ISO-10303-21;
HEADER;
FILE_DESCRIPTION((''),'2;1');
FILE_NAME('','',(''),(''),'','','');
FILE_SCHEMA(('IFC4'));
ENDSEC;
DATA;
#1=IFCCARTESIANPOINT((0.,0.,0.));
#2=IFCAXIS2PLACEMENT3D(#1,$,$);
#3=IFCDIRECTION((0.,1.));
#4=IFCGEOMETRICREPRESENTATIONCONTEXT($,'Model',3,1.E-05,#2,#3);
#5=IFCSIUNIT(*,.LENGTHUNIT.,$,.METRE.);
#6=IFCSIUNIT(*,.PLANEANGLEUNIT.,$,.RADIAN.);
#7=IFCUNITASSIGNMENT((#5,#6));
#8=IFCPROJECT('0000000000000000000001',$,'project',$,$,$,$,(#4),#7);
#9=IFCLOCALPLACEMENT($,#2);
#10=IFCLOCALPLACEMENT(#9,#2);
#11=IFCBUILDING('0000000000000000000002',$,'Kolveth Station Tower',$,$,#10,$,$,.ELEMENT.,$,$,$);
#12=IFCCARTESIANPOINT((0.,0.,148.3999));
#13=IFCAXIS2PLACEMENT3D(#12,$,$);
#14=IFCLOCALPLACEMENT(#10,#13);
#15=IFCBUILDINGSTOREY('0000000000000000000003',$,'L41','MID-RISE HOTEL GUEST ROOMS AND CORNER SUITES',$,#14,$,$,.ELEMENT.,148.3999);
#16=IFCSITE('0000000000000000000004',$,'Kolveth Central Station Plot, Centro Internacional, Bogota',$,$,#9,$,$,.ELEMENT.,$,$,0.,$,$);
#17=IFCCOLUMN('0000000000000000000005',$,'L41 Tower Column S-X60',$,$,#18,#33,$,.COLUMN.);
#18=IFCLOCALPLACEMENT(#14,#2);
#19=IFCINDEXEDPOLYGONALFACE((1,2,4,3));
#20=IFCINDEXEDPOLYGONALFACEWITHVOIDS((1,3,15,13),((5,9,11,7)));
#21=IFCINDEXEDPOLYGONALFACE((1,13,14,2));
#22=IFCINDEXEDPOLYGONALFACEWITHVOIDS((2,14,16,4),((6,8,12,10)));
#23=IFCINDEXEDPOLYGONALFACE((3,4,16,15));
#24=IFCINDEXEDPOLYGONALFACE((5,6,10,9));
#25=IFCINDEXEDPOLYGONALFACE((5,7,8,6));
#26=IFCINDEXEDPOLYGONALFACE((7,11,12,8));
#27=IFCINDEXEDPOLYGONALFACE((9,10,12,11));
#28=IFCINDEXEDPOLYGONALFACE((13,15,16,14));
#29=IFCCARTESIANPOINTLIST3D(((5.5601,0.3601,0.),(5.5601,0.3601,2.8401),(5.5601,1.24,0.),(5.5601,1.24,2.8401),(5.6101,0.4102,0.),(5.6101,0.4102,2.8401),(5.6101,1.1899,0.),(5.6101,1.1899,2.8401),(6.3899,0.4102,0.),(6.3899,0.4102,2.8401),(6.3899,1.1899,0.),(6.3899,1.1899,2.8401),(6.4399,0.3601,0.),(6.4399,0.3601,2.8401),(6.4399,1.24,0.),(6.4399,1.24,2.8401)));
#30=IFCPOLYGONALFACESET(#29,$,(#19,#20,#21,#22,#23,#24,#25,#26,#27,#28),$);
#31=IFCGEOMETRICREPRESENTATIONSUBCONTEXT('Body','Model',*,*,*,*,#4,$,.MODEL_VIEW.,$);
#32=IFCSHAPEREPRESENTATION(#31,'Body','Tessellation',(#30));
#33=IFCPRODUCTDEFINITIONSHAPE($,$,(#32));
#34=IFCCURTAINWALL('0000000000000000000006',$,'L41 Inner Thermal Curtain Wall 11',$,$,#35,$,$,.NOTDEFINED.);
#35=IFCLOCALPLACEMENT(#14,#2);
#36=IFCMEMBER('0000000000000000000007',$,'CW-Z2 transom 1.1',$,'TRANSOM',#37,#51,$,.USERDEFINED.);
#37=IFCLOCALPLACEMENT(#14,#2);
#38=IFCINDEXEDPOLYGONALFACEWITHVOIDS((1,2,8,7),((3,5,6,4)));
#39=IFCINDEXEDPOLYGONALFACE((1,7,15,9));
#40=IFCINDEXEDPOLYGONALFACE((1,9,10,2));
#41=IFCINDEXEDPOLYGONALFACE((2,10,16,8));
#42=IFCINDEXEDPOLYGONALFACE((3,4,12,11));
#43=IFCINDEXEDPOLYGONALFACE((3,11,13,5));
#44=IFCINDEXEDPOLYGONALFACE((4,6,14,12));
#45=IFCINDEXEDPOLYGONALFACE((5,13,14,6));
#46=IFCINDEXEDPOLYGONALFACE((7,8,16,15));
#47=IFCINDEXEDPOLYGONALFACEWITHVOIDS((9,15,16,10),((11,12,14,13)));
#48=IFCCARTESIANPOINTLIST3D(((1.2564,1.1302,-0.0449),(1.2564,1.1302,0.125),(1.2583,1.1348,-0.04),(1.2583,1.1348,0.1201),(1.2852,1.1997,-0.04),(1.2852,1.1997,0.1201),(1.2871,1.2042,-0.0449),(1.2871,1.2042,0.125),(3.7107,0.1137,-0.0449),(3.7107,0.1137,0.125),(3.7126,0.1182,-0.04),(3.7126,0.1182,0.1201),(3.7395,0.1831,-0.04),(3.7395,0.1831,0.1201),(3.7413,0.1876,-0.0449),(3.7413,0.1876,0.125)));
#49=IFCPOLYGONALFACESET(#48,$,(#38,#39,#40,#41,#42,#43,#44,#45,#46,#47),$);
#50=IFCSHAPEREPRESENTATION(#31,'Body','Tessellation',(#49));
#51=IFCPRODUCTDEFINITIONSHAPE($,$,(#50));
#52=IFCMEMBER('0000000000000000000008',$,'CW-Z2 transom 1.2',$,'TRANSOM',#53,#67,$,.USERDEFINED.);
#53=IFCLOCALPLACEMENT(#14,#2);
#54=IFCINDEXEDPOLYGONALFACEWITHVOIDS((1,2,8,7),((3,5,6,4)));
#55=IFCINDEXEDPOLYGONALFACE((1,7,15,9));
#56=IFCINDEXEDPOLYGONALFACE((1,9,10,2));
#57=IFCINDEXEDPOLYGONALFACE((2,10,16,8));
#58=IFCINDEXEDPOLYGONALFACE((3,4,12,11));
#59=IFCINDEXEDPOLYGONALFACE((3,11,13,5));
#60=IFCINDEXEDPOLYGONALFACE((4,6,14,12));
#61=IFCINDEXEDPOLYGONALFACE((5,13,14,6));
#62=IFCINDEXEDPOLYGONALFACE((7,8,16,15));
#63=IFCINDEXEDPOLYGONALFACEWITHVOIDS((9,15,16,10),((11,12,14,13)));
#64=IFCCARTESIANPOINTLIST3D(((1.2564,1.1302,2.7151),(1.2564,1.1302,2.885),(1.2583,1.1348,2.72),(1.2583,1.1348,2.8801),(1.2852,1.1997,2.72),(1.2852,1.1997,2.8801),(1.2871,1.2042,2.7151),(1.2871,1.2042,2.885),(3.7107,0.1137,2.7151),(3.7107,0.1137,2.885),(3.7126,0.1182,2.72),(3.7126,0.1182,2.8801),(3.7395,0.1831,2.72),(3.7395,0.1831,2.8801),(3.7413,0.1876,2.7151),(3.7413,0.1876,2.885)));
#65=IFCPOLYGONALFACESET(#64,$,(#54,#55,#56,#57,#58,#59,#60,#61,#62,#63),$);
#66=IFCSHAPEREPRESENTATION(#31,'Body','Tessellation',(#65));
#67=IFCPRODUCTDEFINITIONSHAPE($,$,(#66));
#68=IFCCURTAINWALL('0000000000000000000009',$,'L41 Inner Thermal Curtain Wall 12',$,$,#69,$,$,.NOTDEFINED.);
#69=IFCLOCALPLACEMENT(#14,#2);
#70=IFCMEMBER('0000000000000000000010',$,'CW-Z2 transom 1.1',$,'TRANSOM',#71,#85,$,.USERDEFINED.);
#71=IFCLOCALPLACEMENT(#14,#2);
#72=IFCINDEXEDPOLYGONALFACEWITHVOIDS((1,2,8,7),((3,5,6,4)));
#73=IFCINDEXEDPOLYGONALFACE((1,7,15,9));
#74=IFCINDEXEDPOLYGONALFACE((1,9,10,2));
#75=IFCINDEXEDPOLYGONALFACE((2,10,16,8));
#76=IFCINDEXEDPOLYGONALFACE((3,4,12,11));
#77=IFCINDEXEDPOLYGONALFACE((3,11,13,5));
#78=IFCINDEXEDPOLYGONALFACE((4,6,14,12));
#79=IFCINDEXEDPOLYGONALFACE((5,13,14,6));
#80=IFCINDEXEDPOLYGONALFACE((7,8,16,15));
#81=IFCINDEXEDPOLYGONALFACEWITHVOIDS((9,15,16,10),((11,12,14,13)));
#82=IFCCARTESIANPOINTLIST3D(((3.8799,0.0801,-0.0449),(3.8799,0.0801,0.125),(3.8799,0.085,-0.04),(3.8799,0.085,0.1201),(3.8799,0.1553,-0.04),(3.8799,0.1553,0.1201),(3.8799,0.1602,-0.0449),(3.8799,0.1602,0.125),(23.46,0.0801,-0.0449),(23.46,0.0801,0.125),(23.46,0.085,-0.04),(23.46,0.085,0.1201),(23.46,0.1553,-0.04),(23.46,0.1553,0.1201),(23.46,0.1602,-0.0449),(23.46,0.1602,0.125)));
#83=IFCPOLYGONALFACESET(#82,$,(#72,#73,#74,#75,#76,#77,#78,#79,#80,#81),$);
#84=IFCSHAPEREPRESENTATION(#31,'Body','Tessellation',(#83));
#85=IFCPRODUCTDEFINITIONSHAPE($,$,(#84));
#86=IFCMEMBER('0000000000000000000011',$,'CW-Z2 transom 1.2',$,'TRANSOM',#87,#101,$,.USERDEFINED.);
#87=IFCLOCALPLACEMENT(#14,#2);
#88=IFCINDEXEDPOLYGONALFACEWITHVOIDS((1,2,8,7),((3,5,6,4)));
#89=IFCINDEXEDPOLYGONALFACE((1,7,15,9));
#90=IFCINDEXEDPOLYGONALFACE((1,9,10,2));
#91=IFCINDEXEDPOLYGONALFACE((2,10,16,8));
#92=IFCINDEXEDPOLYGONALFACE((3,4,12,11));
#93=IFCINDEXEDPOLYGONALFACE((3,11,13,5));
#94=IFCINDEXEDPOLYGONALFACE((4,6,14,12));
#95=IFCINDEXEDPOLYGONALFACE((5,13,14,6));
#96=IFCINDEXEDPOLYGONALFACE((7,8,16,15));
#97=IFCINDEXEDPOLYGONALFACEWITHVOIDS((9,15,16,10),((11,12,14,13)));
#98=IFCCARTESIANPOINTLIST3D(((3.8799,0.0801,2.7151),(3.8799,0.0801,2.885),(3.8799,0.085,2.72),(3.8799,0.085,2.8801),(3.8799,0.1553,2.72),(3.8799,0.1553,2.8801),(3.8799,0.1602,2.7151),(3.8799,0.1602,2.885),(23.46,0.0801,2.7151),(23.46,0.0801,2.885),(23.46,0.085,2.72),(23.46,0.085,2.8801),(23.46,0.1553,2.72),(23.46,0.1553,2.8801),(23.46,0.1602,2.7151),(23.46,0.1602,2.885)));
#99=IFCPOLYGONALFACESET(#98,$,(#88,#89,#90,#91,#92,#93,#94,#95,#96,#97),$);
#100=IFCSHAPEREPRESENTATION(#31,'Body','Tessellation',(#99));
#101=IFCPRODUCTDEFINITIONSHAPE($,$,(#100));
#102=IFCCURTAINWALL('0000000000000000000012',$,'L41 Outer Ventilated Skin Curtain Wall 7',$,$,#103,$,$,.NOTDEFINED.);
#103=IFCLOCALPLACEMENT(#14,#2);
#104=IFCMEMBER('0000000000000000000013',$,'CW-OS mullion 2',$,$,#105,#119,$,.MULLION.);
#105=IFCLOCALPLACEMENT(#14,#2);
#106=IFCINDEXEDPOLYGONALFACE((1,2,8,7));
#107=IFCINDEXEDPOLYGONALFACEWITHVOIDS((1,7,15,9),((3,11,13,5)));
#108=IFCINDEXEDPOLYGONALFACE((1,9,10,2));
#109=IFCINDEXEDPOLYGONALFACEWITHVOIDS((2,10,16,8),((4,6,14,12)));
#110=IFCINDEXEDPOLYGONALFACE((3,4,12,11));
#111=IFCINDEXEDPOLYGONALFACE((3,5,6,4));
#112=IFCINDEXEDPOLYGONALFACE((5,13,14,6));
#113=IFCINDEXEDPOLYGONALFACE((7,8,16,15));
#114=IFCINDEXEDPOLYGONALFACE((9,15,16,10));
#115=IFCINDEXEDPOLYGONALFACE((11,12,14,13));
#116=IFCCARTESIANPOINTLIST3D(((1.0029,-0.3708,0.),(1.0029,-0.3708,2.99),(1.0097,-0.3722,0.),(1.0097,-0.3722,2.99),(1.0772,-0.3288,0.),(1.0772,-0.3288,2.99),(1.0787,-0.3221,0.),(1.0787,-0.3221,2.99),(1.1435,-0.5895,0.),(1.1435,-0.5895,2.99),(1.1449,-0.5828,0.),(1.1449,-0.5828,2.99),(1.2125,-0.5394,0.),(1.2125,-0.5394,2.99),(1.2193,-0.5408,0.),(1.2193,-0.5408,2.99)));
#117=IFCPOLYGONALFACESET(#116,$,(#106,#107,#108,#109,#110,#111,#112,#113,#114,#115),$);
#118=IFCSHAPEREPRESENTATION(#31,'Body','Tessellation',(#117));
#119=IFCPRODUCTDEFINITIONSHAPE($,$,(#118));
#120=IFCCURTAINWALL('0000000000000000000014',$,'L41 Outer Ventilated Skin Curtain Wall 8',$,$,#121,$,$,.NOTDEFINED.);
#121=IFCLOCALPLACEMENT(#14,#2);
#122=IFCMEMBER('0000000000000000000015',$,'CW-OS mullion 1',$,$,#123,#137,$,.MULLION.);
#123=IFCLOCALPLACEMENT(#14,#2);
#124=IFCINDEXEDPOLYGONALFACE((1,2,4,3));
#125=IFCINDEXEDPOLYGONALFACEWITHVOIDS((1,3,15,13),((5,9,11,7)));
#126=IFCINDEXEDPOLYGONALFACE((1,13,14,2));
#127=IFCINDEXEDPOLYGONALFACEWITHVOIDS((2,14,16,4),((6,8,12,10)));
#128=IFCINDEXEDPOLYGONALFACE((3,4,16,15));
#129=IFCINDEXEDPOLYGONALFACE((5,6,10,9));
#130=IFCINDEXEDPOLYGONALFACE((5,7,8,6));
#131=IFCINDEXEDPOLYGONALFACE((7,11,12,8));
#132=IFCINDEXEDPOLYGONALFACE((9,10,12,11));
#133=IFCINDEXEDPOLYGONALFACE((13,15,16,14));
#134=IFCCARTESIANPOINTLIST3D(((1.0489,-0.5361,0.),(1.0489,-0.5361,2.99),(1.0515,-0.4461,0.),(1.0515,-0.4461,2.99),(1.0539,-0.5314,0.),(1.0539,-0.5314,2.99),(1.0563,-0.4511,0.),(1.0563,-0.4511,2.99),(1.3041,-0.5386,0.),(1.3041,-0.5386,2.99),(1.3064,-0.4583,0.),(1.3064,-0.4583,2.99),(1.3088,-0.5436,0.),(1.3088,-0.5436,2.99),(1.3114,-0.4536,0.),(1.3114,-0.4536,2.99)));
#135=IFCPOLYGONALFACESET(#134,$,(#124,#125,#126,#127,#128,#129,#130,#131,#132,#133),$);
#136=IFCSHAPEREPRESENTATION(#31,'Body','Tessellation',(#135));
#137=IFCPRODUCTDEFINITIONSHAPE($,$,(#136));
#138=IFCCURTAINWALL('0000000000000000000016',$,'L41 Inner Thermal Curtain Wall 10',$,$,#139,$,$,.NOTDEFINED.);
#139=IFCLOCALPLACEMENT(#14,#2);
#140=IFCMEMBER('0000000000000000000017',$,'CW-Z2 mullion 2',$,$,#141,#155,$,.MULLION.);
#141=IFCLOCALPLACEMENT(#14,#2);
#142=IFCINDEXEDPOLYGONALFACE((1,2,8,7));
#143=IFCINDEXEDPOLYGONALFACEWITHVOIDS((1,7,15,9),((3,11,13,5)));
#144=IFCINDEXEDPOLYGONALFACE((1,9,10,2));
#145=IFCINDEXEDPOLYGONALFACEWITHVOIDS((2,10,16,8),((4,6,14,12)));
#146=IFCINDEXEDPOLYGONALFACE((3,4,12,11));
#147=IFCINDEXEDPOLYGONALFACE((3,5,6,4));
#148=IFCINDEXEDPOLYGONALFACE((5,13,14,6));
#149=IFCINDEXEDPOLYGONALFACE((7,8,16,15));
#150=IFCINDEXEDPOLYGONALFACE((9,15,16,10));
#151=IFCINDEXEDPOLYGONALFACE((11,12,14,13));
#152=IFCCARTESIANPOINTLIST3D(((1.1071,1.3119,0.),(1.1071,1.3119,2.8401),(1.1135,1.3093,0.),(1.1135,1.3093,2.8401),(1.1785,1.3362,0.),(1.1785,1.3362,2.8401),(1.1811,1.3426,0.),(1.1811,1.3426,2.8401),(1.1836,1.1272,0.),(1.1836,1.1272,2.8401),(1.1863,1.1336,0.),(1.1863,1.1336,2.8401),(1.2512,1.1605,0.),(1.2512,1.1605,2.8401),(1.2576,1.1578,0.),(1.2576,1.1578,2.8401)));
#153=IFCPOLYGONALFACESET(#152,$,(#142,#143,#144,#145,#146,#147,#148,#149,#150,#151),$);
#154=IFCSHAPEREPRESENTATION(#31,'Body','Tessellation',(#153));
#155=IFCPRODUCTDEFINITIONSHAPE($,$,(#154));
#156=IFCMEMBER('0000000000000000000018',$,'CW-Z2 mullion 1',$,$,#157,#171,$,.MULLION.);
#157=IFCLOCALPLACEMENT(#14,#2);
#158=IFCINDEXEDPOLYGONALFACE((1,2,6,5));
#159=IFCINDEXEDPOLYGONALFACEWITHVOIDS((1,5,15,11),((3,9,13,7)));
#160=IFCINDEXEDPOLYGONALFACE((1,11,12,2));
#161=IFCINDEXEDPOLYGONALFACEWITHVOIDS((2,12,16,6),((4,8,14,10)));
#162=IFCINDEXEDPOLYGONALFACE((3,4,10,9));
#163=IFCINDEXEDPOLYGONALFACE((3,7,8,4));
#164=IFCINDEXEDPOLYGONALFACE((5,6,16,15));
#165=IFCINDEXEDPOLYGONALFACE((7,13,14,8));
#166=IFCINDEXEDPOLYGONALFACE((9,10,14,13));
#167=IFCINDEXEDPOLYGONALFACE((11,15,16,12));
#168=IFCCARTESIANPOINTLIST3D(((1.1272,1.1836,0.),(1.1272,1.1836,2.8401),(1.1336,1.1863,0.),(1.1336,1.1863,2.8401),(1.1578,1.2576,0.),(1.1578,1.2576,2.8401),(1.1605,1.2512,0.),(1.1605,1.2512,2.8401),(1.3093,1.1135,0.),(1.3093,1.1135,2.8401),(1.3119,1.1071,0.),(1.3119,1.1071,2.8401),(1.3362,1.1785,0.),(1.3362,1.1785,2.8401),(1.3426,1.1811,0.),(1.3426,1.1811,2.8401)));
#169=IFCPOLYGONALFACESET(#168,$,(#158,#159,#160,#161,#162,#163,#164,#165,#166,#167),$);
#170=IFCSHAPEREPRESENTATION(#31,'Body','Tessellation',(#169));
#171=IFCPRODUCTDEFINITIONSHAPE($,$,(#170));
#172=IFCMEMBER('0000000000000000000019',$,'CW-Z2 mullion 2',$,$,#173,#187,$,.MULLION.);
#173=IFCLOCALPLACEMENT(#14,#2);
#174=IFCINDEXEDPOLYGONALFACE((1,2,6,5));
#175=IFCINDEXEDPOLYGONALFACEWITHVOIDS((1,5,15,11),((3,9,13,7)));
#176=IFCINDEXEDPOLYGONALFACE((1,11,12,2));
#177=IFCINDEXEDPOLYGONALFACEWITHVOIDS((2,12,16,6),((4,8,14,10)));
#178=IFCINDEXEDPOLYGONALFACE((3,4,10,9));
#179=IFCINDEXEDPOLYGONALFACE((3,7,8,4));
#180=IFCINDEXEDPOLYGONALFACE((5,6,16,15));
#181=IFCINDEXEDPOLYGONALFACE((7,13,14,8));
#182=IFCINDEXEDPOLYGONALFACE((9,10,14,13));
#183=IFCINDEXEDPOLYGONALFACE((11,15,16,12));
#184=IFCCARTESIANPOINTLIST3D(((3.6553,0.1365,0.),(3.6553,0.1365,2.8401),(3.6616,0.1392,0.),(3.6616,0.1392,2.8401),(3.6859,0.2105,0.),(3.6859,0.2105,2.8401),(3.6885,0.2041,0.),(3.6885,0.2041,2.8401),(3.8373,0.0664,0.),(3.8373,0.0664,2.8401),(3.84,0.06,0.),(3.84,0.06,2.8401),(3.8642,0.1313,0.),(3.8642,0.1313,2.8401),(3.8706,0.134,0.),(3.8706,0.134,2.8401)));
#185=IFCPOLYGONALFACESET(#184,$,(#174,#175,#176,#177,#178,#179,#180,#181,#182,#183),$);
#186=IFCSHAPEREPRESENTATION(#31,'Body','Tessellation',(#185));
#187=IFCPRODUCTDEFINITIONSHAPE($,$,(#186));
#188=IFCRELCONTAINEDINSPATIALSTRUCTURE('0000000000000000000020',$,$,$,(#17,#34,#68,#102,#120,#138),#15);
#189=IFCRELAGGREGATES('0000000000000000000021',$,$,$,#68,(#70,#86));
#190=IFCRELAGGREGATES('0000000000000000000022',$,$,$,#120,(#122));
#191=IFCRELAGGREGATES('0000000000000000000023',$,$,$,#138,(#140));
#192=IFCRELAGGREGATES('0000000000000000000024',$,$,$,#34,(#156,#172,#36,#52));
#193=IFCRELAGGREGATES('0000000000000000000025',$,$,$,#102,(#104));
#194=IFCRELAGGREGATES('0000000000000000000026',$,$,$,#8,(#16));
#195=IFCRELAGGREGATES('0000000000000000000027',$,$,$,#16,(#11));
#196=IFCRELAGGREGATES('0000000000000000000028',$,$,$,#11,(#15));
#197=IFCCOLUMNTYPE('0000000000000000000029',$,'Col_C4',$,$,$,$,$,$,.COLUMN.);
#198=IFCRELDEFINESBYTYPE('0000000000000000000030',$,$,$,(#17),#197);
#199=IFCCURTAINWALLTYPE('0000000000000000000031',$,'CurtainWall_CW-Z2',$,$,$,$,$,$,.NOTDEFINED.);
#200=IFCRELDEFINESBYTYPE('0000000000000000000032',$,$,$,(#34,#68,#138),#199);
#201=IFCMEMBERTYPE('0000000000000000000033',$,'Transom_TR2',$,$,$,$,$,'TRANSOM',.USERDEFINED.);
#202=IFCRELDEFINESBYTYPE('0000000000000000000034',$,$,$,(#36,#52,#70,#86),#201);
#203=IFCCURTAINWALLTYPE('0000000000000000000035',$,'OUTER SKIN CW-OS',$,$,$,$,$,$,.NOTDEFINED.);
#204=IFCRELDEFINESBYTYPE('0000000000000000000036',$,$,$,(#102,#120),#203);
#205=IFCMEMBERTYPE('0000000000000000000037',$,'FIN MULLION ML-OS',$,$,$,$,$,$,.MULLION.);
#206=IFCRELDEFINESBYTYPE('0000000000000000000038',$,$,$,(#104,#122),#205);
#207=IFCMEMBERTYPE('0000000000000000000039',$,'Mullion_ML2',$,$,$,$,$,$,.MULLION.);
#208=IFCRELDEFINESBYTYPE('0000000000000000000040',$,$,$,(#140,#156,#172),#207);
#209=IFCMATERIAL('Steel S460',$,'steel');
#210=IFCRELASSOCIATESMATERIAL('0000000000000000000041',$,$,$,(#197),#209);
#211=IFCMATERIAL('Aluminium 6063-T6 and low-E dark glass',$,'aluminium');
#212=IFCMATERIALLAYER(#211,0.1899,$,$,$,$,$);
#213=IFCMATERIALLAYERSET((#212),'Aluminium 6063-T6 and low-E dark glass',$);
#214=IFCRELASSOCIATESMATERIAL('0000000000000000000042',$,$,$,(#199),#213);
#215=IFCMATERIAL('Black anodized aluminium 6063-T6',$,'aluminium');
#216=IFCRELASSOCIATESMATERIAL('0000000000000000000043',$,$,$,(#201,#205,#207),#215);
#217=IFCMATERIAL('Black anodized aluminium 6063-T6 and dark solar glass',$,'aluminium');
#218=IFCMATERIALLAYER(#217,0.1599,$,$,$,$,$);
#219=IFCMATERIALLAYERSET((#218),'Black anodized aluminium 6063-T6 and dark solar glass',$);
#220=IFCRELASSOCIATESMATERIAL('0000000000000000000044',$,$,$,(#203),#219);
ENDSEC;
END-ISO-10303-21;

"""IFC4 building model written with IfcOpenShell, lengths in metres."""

from ifc_helpers import new_model, si_unit, direction, frame, origin, origin_2d, place, context, subcontext, project, spatial, hollow_rectangle, extrude, source, transform, mapped, material, layer, layer_set, material_profile, profile_set, type_object, element, aggregate, save


model = new_model("IFC4")

# Units and contexts
model_context = context("Model", 3, precision=1e-05, world=origin(), true_north=direction((0.0, 1.0)))
body_context = subcontext(model_context, "Body", "Model", "MODEL_VIEW")
ifc_project = project(units=[si_unit("LENGTHUNIT", "METRE"), si_unit("PLANEANGLEUNIT", "RADIAN")], contexts=[model_context])

# Site, building, storey
site_placement = place(None, origin())
site = spatial("IfcSite", under=ifc_project, at=site_placement, Name="Kolveth Central Station Plot, Centro Internacional, Bogota", CompositionType="ELEMENT", RefElevation=0.0)
building_placement = place(site_placement, origin())
building = spatial("IfcBuilding", under=site, at=building_placement, Name="Kolveth Station Tower", CompositionType="ELEMENT")
storey_placement = place(building_placement, frame((0.0, 0.0, 148.3999)))
storey = spatial("IfcBuildingStorey", under=building, at=storey_placement, Name="L41", Description="MID-RISE HOTEL GUEST ROOMS AND CORNER SUITES", CompositionType="ELEMENT", Elevation=148.3999)

# Column
ifc_material_1 = material(Name="Steel S460", Category="steel")
ifc_material_profile_1 = material_profile(ifc_material_1, hollow_rectangle(XDim=0.8799, YDim=0.8799, WallThickness=0.05, at=origin_2d()), Name="BOX880x880x50")
ifc_profile_set_1 = profile_set([ifc_material_profile_1], Name="Steel S460")
column_type = type_object("IfcColumnType", Name="Col_C4", PredefinedType="COLUMN", material=ifc_profile_set_1)
shared_shape_1 = source(origin(), body_context, "Body", "SweptSolid", [
    extrude(hollow_rectangle(XDim=0.8799, YDim=0.8799, WallThickness=0.05, at=origin_2d()), origin(), (0.0, 0.0, 1.0), 2.8401),
])
column_placement = place(storey_placement, frame((6.0, 0.8, 0.0), z_axis=(0.0, 0.0, 1.0), x_axis=(1.0, 0.0, 0.0)))
element("IfcColumn", 1, at=column_placement, inside=storey, type_object=column_type, Name="L41 Tower Column S-X60", PredefinedType="COLUMN", context=body_context, shape_type="MappedRepresentation", body=[
    mapped(shared_shape_1, transform((0.0, 0.0, 0.0), x_axis=(1.0, 0.0, 0.0), y_axis=(0.0, 1.0, 0.0), z_axis=(0.0, 0.0, 1.0), scale=1.0)),
])

# Curtain walls, members
ifc_material_2 = material(Name="Aluminium 6063-T6 and low-E dark glass", Category="aluminium")
ifc_layer_1 = layer(ifc_material_2, 0.1899)
ifc_layer_set_1 = layer_set([ifc_layer_1], Name="Aluminium 6063-T6 and low-E dark glass")
curtain_wall_type_1 = type_object("IfcCurtainWallType", Name="CurtainWall_CW-Z2", PredefinedType="NOTDEFINED", material=ifc_layer_set_1)
curtain_wall_1_placement = place(storey_placement, origin())
curtain_wall_1 = element("IfcCurtainWall", 2, at=curtain_wall_1_placement, inside=storey, type_object=curtain_wall_type_1, Name="L41 Inner Thermal Curtain Wall 11", PredefinedType="NOTDEFINED")
ifc_material_3 = material(Name="Black anodized aluminium 6063-T6", Category="aluminium")
ifc_material_profile_2 = material_profile(ifc_material_3, hollow_rectangle(XDim=0.0801, YDim=0.1699, WallThickness=0.0049, at=origin_2d()), Name="ALU-80x170x5")
ifc_profile_set_2 = profile_set([ifc_material_profile_2], Name="Black anodized aluminium 6063-T6")
member_type_1 = type_object("IfcMemberType", Name="Transom_TR2", ElementType="TRANSOM", PredefinedType="USERDEFINED", material=ifc_profile_set_2)
shared_shape_2 = source(origin(), body_context, "Body", "SweptSolid", [
    extrude(hollow_rectangle(XDim=0.0801, YDim=0.1699, WallThickness=0.0049, at=origin_2d()), origin(), (0.0, 0.0, 1.0), 2.6565),
])
member_1_placement = place(storey_placement, frame((1.2717, 1.1672, 0.04), z_axis=(0.923882, -0.382676, 0.0), x_axis=(0.382676, 0.923882, 0.0)))
member_1 = element("IfcMember", 3, at=member_1_placement, type_object=member_type_1, Name="CW-Z2 transom 1.1", ObjectType="TRANSOM", PredefinedType="USERDEFINED", context=body_context, shape_type="MappedRepresentation", body=[
    mapped(shared_shape_2, transform((0.0, 0.0, 0.0), x_axis=(1.0, 0.0, 0.0), y_axis=(0.0, 1.0, 0.0), z_axis=(0.0, 0.0, 1.0), scale=1.0)),
])
member_2_placement = place(storey_placement, frame((1.2717, 1.1672, 2.8), z_axis=(0.923882, -0.382676, 0.0), x_axis=(0.382676, 0.923882, 0.0)))
member_2 = element("IfcMember", 4, at=member_2_placement, type_object=member_type_1, Name="CW-Z2 transom 1.2", ObjectType="TRANSOM", PredefinedType="USERDEFINED", context=body_context, shape_type="MappedRepresentation", body=[
    mapped(shared_shape_2, transform((0.0, 0.0, 0.0), x_axis=(1.0, 0.0, 0.0), y_axis=(0.0, 1.0, 0.0), z_axis=(0.0, 0.0, 1.0), scale=1.0)),
])
curtain_wall_2_placement = place(storey_placement, origin())
curtain_wall_2 = element("IfcCurtainWall", 5, at=curtain_wall_2_placement, inside=storey, type_object=curtain_wall_type_1, Name="L41 Inner Thermal Curtain Wall 12", PredefinedType="NOTDEFINED")
shared_shape_3 = source(origin(), body_context, "Body", "SweptSolid", [
    extrude(hollow_rectangle(XDim=0.0801, YDim=0.1699, WallThickness=0.0049, at=origin_2d()), origin(), (0.0, 0.0, 1.0), 19.5801),
])
member_3_placement = place(storey_placement, frame((3.8799, 0.1201, 0.04), z_axis=(1.0, 0.0, 0.0), x_axis=(0.0, 1.0, 0.0)))
member_3 = element("IfcMember", 6, at=member_3_placement, type_object=member_type_1, Name="CW-Z2 transom 1.1", ObjectType="TRANSOM", PredefinedType="USERDEFINED", context=body_context, shape_type="MappedRepresentation", body=[
    mapped(shared_shape_3, transform((0.0, 0.0, 0.0), x_axis=(1.0, 0.0, 0.0), y_axis=(0.0, 1.0, 0.0), z_axis=(0.0, 0.0, 1.0), scale=1.0)),
])
member_4_placement = place(storey_placement, frame((3.8799, 0.1201, 2.8), z_axis=(1.0, 0.0, 0.0), x_axis=(0.0, 1.0, 0.0)))
member_4 = element("IfcMember", 7, at=member_4_placement, type_object=member_type_1, Name="CW-Z2 transom 1.2", ObjectType="TRANSOM", PredefinedType="USERDEFINED", context=body_context, shape_type="MappedRepresentation", body=[
    mapped(shared_shape_3, transform((0.0, 0.0, 0.0), x_axis=(1.0, 0.0, 0.0), y_axis=(0.0, 1.0, 0.0), z_axis=(0.0, 0.0, 1.0), scale=1.0)),
])

# Curtain walls, members
ifc_material_4 = material(Name="Black anodized aluminium 6063-T6 and dark solar glass", Category="aluminium")
ifc_layer_2 = layer(ifc_material_4, 0.1599)
ifc_layer_set_2 = layer_set([ifc_layer_2], Name="Black anodized aluminium 6063-T6 and dark solar glass")
curtain_wall_type_2 = type_object("IfcCurtainWallType", Name="OUTER SKIN CW-OS", PredefinedType="NOTDEFINED", material=ifc_layer_set_2)
curtain_wall_3_placement = place(storey_placement, origin())
curtain_wall_3 = element("IfcCurtainWall", 8, at=curtain_wall_3_placement, inside=storey, type_object=curtain_wall_type_2, Name="L41 Outer Ventilated Skin Curtain Wall 7", PredefinedType="NOTDEFINED")
ifc_material_profile_3 = material_profile(ifc_material_3, hollow_rectangle(XDim=0.0901, YDim=0.26, WallThickness=0.0049, at=origin_2d()), Name="ALU-90x260x5")
ifc_profile_set_3 = profile_set([ifc_material_profile_3], Name="Black anodized aluminium 6063-T6")
member_type_2 = type_object("IfcMemberType", Name="FIN MULLION ML-OS", PredefinedType="MULLION", material=ifc_profile_set_3)
shared_shape_4 = source(origin(), body_context, "Body", "SweptSolid", [
    extrude(hollow_rectangle(XDim=0.0901, YDim=0.26, WallThickness=0.0049, at=origin_2d()), origin(), (0.0, 0.0, 1.0), 2.99),
])
member_5_placement = place(storey_placement, frame((1.1111, -0.4558, 0.0), z_axis=(0.0, 0.0, 1.0), x_axis=(0.841337, 0.540511, 0.0)))
member_5 = element("IfcMember", 9, at=member_5_placement, type_object=member_type_2, Name="CW-OS mullion 2", PredefinedType="MULLION", context=body_context, shape_type="MappedRepresentation", body=[
    mapped(shared_shape_4, transform((0.0, 0.0, 0.0), x_axis=(1.0, 0.0, 0.0), y_axis=(0.0, 1.0, 0.0), z_axis=(0.0, 0.0, 1.0), scale=1.0)),
])
curtain_wall_4_placement = place(storey_placement, origin())
curtain_wall_4 = element("IfcCurtainWall", 10, at=curtain_wall_4_placement, inside=storey, type_object=curtain_wall_type_2, Name="L41 Outer Ventilated Skin Curtain Wall 8", PredefinedType="NOTDEFINED")
member_6_placement = place(storey_placement, frame((1.1802, -0.4949, 0.0), z_axis=(0.0, 0.0, 1.0), x_axis=(0.028843, 0.999584, 0.0)))
member_6 = element("IfcMember", 11, at=member_6_placement, type_object=member_type_2, Name="CW-OS mullion 1", PredefinedType="MULLION", context=body_context, shape_type="MappedRepresentation", body=[
    mapped(shared_shape_4, transform((0.0, 0.0, 0.0), x_axis=(1.0, 0.0, 0.0), y_axis=(0.0, 1.0, 0.0), z_axis=(0.0, 0.0, 1.0), scale=1.0)),
])
curtain_wall_5_placement = place(storey_placement, origin())
curtain_wall_5 = element("IfcCurtainWall", 12, at=curtain_wall_5_placement, inside=storey, type_object=curtain_wall_type_1, Name="L41 Inner Thermal Curtain Wall 10", PredefinedType="NOTDEFINED")
ifc_material_profile_4 = material_profile(ifc_material_3, hollow_rectangle(XDim=0.0801, YDim=0.2, WallThickness=0.0049, at=origin_2d()), Name="ALU-80x200x5")
ifc_profile_set_4 = profile_set([ifc_material_profile_4], Name="Black anodized aluminium 6063-T6")
member_type_3 = type_object("IfcMemberType", Name="Mullion_ML2", PredefinedType="MULLION", material=ifc_profile_set_4)
shared_shape_5 = source(origin(), body_context, "Body", "SweptSolid", [
    extrude(hollow_rectangle(XDim=0.0801, YDim=0.2, WallThickness=0.0049, at=origin_2d()), origin(), (0.0, 0.0, 1.0), 2.8401),
])
member_7_placement = place(storey_placement, frame((1.1824, 1.2349, 0.0), z_axis=(0.0, 0.0, 1.0), x_axis=(0.923888, 0.382663, 0.0)))
member_7 = element("IfcMember", 13, at=member_7_placement, type_object=member_type_3, Name="CW-Z2 mullion 2", PredefinedType="MULLION", context=body_context, shape_type="MappedRepresentation", body=[
    mapped(shared_shape_5, transform((0.0, 0.0, 0.0), x_axis=(1.0, 0.0, 0.0), y_axis=(0.0, 1.0, 0.0), z_axis=(0.0, 0.0, 1.0), scale=1.0)),
])

# Members
member_8_placement = place(storey_placement, frame((1.2349, 1.1824, 0.0), z_axis=(0.0, 0.0, 1.0), x_axis=(0.382663, 0.923888, 0.0)))
member_8 = element("IfcMember", 14, at=member_8_placement, type_object=member_type_3, Name="CW-Z2 mullion 1", PredefinedType="MULLION", context=body_context, shape_type="MappedRepresentation", body=[
    mapped(shared_shape_5, transform((0.0, 0.0, 0.0), x_axis=(1.0, 0.0, 0.0), y_axis=(0.0, 1.0, 0.0), z_axis=(0.0, 0.0, 1.0), scale=1.0)),
])
member_9_placement = place(storey_placement, frame((3.7629, 0.1353, 0.0), z_axis=(0.0, 0.0, 1.0), x_axis=(0.382663, 0.923888, 0.0)))
member_9 = element("IfcMember", 15, at=member_9_placement, type_object=member_type_3, Name="CW-Z2 mullion 2", PredefinedType="MULLION", context=body_context, shape_type="MappedRepresentation", body=[
    mapped(shared_shape_5, transform((0.0, 0.0, 0.0), x_axis=(1.0, 0.0, 0.0), y_axis=(0.0, 1.0, 0.0), z_axis=(0.0, 0.0, 1.0), scale=1.0)),
])
aggregate(curtain_wall_2, [member_3, member_4])
aggregate(curtain_wall_4, [member_6])

aggregate(curtain_wall_5, [member_7])
aggregate(curtain_wall_1, [member_8, member_9, member_1, member_2])
aggregate(curtain_wall_3, [member_5])

save(model, "model.ifc")
